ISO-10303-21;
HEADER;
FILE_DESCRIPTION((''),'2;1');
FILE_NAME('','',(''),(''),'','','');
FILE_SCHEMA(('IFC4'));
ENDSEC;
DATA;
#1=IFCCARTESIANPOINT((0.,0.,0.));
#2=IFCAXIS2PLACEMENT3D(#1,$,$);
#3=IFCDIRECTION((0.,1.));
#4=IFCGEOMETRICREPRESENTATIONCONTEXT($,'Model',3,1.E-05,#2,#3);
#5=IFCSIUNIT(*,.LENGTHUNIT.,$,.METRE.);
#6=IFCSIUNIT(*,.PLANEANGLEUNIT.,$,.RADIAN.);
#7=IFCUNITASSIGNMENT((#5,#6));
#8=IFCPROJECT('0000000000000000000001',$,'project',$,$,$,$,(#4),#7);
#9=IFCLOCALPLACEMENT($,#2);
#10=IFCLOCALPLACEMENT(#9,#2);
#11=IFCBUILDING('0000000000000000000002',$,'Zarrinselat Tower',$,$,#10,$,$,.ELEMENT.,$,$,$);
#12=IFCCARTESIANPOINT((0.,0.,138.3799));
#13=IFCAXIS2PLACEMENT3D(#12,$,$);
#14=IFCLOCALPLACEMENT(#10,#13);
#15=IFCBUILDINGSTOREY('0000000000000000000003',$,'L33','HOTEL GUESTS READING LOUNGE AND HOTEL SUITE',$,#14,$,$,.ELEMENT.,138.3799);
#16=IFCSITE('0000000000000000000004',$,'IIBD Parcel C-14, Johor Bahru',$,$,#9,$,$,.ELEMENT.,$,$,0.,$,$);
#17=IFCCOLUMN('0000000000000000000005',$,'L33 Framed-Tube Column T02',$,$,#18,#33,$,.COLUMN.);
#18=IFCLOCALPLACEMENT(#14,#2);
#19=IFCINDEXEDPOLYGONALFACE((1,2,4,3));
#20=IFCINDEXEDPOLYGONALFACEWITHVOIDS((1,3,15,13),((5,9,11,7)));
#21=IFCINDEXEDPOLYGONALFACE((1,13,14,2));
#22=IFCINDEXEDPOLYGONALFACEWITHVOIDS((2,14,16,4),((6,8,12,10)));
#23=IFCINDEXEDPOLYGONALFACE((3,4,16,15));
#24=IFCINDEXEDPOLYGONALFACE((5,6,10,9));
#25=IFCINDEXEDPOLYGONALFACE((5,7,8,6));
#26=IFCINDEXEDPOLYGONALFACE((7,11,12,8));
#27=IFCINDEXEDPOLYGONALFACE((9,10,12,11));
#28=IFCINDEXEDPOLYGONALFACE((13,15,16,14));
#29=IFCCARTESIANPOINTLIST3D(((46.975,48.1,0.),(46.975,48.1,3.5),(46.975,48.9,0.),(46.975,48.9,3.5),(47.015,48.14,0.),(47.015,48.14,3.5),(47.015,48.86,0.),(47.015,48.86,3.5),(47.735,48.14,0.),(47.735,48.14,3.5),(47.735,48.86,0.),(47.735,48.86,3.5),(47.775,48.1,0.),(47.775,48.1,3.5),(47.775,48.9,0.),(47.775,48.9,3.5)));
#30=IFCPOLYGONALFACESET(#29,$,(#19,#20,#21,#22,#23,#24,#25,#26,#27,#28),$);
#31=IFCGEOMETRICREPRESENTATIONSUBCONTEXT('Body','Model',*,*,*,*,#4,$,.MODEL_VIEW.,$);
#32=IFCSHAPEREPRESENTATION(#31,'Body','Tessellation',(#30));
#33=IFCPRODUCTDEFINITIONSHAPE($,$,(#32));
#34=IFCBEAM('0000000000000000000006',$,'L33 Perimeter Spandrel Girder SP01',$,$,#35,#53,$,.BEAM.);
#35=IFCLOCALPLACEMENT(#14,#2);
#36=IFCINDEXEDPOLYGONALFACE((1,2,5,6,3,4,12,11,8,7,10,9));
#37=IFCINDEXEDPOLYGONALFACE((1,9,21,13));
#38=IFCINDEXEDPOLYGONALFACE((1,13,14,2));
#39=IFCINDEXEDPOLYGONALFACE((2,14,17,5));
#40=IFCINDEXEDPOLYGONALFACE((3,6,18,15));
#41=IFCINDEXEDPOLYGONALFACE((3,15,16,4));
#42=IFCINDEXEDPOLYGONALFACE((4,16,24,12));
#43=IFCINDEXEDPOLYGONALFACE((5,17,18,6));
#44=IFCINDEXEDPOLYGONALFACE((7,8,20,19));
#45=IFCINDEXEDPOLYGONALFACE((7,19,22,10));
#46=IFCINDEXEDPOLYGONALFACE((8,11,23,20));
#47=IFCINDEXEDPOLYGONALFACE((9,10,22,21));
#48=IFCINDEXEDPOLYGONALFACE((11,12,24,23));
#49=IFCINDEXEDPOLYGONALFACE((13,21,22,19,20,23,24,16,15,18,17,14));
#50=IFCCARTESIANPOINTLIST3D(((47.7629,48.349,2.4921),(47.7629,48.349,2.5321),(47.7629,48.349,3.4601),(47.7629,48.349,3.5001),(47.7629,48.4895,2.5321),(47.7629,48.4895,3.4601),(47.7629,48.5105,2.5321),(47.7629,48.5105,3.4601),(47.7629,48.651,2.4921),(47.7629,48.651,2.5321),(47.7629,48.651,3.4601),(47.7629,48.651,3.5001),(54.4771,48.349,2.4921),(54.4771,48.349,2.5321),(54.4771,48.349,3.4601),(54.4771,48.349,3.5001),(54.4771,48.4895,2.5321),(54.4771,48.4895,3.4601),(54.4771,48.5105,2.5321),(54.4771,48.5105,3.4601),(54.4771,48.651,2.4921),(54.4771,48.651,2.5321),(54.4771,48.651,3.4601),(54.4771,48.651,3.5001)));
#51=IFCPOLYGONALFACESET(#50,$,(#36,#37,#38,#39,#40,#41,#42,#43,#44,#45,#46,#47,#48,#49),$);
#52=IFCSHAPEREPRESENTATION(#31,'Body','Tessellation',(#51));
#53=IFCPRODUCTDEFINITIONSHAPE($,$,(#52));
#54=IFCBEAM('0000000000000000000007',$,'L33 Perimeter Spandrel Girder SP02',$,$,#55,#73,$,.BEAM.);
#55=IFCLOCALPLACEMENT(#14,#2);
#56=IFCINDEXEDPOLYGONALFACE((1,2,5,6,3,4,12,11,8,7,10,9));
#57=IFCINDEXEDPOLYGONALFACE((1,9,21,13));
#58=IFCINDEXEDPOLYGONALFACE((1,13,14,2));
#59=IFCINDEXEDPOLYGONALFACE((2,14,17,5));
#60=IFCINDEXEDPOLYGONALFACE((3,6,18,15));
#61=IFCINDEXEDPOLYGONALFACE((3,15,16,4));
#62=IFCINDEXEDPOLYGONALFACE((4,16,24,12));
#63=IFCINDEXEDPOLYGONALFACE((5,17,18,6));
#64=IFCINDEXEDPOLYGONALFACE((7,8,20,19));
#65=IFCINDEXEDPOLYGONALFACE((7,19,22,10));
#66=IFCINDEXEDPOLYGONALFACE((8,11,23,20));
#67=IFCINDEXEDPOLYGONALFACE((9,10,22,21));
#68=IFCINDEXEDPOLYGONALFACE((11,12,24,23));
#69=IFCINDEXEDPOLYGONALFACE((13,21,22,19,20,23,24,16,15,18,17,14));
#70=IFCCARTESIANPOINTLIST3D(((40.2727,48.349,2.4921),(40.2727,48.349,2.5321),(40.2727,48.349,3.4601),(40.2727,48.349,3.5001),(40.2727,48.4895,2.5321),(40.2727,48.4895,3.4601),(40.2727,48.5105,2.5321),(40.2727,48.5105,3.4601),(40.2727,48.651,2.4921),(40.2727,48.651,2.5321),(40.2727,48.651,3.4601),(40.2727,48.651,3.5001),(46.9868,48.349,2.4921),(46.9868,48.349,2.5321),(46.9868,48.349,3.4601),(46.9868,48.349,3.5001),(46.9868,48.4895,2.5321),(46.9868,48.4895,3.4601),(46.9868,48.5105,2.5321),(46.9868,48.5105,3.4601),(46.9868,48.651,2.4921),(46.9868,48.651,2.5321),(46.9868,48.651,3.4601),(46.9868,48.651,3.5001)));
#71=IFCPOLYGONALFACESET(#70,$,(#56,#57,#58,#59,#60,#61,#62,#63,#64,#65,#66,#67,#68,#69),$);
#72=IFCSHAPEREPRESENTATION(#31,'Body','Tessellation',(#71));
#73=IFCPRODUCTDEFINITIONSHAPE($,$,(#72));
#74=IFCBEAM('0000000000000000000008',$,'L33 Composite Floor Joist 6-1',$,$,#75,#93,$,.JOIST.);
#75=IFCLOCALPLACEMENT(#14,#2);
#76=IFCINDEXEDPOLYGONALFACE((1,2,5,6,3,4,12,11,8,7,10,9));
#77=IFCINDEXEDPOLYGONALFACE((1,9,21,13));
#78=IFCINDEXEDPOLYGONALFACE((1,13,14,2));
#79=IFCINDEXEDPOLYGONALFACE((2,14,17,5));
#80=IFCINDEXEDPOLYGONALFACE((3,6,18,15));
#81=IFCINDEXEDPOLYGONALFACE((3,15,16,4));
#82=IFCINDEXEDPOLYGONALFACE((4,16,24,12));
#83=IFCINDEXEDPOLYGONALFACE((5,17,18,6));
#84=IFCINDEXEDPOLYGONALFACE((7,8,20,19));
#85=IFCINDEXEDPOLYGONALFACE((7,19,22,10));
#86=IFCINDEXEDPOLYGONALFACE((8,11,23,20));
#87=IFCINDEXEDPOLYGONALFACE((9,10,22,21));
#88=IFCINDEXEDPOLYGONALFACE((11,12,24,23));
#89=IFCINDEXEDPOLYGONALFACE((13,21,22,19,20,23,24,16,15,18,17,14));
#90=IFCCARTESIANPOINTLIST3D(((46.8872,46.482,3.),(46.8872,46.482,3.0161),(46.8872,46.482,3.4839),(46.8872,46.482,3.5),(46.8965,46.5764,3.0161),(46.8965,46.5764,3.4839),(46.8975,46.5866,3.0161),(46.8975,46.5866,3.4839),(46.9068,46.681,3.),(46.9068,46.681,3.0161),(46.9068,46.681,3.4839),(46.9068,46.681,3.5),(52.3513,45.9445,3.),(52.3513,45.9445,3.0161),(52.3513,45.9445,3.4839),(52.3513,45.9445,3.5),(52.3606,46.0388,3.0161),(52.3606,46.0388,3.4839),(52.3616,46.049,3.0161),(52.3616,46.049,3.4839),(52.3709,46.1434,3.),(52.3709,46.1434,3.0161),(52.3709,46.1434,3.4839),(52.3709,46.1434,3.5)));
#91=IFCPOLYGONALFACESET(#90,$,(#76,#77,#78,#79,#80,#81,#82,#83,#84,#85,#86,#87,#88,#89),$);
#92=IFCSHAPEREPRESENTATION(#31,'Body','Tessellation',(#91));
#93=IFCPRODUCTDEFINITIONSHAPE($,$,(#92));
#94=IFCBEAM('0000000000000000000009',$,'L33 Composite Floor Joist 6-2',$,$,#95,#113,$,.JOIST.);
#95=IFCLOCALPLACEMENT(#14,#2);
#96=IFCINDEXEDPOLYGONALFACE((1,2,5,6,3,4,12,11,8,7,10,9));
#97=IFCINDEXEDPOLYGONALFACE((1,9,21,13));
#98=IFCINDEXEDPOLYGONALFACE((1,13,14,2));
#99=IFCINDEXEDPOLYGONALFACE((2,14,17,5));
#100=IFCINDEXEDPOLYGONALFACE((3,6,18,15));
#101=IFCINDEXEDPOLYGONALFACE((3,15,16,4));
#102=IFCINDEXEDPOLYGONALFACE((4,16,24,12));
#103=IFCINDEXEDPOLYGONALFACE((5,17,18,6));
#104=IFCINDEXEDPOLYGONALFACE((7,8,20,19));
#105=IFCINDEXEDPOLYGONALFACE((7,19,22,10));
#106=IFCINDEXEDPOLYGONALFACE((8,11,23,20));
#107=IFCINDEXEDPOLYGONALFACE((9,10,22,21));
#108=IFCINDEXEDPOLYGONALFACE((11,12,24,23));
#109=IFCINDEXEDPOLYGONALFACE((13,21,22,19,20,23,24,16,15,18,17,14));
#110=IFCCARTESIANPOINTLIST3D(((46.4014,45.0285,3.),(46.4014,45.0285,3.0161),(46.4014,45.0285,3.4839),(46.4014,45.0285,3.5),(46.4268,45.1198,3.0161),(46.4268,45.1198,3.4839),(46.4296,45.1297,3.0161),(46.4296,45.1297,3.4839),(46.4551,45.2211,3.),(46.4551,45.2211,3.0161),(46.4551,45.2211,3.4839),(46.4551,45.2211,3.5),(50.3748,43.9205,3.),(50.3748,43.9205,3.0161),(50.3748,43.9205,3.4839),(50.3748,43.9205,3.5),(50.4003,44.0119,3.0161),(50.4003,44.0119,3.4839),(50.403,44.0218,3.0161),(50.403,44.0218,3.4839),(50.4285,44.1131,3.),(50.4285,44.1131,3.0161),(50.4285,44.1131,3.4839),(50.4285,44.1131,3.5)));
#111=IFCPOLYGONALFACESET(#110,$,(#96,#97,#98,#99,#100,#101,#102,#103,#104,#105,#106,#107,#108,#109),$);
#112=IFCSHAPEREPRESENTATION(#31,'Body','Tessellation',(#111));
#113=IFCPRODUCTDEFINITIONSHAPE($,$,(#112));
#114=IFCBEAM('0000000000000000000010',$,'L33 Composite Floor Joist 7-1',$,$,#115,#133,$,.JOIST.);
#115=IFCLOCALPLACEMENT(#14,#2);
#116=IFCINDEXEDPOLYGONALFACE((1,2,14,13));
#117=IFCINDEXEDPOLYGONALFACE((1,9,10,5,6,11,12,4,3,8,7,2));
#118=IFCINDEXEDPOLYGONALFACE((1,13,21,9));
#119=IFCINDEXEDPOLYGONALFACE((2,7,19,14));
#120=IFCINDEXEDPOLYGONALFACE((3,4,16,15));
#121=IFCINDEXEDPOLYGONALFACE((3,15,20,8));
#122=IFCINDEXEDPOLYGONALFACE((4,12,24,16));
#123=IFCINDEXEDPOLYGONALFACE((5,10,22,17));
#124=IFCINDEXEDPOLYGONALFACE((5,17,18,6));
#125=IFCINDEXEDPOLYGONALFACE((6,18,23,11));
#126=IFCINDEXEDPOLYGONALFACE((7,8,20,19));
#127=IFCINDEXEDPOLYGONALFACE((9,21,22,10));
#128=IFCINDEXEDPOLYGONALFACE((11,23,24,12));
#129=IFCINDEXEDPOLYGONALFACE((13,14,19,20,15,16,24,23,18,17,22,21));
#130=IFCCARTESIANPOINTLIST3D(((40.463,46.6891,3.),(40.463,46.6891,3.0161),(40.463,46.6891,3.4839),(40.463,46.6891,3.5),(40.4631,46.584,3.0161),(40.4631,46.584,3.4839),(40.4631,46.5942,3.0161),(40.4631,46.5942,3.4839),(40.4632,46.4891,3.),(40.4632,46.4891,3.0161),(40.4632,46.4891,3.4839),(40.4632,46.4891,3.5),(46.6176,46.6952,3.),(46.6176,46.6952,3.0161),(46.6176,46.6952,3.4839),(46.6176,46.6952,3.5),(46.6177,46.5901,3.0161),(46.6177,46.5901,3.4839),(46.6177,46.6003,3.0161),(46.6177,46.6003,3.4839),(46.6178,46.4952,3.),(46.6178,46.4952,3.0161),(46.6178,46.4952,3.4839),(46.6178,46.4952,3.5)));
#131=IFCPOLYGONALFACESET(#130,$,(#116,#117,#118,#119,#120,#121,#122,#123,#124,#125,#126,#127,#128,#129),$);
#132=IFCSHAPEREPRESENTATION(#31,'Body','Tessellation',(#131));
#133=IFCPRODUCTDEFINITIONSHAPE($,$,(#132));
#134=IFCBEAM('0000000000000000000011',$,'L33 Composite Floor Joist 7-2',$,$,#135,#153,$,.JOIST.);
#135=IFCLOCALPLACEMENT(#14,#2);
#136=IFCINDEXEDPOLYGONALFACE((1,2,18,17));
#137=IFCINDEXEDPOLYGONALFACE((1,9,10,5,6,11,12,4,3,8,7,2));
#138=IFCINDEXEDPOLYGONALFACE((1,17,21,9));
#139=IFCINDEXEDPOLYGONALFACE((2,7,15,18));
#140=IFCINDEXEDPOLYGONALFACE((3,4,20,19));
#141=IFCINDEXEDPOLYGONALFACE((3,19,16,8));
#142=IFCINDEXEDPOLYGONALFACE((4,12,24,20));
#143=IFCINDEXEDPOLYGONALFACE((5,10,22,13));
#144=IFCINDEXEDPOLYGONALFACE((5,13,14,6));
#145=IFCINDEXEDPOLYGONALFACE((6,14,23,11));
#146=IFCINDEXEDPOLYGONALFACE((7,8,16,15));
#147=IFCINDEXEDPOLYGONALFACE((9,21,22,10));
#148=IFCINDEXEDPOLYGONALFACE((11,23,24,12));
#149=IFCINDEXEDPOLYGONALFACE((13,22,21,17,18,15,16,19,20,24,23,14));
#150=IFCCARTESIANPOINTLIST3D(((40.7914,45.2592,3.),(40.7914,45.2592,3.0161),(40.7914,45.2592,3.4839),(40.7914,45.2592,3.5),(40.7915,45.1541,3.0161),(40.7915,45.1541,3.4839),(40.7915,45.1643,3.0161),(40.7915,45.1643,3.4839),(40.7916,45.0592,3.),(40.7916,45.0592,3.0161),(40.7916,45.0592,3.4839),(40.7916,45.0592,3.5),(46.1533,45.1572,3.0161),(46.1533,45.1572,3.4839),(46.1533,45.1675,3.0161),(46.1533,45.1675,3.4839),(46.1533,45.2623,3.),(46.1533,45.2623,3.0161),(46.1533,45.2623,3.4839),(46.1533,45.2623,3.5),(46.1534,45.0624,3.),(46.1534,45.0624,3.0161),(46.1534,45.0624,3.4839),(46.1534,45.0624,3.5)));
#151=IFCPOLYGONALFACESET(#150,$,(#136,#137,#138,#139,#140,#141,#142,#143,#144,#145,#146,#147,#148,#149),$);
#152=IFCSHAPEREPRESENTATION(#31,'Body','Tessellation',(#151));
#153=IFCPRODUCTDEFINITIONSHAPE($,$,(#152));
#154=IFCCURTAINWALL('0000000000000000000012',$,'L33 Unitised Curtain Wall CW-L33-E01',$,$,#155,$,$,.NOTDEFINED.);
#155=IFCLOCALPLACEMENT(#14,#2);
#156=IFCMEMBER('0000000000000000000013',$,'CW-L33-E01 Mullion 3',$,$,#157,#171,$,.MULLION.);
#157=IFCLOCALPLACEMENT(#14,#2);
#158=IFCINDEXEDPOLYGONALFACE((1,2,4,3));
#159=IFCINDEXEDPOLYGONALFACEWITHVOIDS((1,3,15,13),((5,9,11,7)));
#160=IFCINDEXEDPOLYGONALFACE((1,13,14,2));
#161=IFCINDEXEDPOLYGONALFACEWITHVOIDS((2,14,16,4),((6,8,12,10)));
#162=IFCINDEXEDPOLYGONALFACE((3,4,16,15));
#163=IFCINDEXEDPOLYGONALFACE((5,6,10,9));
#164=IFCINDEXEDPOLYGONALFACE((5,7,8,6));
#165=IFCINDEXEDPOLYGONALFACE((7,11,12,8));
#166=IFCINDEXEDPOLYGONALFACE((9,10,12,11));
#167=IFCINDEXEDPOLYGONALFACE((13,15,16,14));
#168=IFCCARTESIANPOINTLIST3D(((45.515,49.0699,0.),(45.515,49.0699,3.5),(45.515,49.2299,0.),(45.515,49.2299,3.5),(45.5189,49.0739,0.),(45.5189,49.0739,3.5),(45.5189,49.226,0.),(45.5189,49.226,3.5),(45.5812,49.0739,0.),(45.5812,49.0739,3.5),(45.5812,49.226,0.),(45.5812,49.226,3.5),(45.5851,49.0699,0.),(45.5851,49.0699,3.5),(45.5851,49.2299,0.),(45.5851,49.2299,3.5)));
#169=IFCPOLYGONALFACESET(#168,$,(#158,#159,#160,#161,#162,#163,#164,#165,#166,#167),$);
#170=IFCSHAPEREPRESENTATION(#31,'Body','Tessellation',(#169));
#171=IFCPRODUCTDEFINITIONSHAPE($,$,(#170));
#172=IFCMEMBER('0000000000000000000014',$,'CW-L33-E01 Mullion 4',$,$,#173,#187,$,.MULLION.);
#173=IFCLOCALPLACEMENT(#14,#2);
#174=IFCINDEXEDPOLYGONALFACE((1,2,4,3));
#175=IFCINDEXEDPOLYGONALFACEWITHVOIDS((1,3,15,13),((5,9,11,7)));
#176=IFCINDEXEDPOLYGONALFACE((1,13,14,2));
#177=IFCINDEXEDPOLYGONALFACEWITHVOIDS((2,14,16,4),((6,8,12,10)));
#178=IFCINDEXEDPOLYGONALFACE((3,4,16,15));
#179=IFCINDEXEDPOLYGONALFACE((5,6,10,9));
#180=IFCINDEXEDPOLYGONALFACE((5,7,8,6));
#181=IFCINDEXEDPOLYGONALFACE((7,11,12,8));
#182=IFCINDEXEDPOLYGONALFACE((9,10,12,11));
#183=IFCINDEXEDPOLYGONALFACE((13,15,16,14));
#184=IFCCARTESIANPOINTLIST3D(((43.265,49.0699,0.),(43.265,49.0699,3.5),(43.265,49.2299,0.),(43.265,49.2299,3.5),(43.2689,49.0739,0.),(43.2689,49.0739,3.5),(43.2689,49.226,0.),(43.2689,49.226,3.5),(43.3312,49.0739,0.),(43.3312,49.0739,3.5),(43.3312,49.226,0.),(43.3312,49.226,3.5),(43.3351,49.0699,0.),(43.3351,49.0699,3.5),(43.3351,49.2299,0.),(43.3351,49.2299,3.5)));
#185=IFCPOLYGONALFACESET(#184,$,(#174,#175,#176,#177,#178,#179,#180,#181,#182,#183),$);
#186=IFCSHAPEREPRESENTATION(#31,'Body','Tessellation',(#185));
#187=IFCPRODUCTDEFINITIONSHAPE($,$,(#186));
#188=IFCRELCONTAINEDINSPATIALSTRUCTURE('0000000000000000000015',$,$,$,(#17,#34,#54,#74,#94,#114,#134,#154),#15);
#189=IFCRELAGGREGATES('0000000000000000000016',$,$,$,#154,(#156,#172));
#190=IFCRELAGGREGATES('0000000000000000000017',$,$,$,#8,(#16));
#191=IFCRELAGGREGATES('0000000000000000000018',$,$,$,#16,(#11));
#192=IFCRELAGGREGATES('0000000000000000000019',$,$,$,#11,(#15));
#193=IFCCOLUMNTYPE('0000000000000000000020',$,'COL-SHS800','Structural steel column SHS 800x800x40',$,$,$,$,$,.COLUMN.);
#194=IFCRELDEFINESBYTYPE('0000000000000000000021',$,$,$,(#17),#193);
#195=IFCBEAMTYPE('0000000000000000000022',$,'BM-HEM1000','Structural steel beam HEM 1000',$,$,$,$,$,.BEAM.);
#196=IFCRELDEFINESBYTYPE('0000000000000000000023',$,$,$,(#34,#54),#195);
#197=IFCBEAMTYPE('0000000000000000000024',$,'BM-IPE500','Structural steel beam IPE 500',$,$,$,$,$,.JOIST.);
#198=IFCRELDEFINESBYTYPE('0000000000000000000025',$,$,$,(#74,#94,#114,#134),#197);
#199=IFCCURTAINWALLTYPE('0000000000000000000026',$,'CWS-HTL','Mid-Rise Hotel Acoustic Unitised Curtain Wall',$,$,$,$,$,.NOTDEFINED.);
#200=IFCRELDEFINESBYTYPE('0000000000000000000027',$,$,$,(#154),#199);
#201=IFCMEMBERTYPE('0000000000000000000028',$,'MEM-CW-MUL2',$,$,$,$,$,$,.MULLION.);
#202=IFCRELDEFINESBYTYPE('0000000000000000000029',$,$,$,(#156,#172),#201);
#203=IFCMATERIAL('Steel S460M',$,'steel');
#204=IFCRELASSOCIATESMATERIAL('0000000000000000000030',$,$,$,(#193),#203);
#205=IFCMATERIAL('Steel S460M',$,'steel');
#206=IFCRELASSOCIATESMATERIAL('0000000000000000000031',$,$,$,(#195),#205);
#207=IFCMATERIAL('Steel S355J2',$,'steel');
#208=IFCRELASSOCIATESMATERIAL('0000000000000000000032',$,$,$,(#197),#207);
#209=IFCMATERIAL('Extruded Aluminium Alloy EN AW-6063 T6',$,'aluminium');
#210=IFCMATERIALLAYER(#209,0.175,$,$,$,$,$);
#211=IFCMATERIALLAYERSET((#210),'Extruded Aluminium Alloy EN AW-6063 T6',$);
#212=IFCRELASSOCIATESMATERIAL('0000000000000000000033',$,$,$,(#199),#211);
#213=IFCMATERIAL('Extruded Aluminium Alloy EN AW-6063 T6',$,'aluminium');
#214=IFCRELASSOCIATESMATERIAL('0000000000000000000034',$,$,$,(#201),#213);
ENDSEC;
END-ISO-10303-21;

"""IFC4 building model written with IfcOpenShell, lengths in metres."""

from ifc_helpers import new_model, si_unit, direction, frame, origin, origin_2d, place, context, subcontext, project, spatial, hollow_rectangle, i_section, extrude, material, layer, layer_set, material_profile, profile_set, type_object, element, aggregate, save


model = new_model("IFC4")

# Units and contexts
model_context = context("Model", 3, precision=1e-05, world=origin(), true_north=direction((0.0, 1.0)))
body_context = subcontext(model_context, "Body", "Model", "MODEL_VIEW")
ifc_project = project(units=[si_unit("LENGTHUNIT", "METRE"), si_unit("PLANEANGLEUNIT", "RADIAN")], contexts=[model_context])

# Site, building, storey
site_placement = place(None, origin())
site = spatial("IfcSite", under=ifc_project, at=site_placement, Name="IIBD Parcel C-14, Johor Bahru", CompositionType="ELEMENT", RefElevation=0.0)
building_placement = place(site_placement, origin())
building = spatial("IfcBuilding", under=site, at=building_placement, Name="Zarrinselat Tower", CompositionType="ELEMENT")
storey_placement = place(building_placement, frame((0.0, 0.0, 138.3799)))
storey = spatial("IfcBuildingStorey", under=building, at=storey_placement, Name="L33", Description="HOTEL GUESTS READING LOUNGE AND HOTEL SUITE", CompositionType="ELEMENT", Elevation=138.3799)

# Column
ifc_material_1 = material(Name="Steel S460M", Category="steel")
ifc_material_profile_1 = material_profile(ifc_material_1, hollow_rectangle(XDim=0.8, YDim=0.8, WallThickness=0.04, at=origin_2d()), Name="SHS 800x800x40")
ifc_profile_set_1 = profile_set([ifc_material_profile_1], Name="Steel S460M")
column_type = type_object("IfcColumnType", Name="COL-SHS800", Description="Structural steel column SHS 800x800x40", PredefinedType="COLUMN", material=ifc_profile_set_1)
column_placement = place(storey_placement, frame((47.375, 48.5, 0.0), z_axis=(0.0, 0.0, 1.0), x_axis=(1.0, 0.0, 0.0)))
element("IfcColumn", 1, at=column_placement, inside=storey, type_object=column_type, Name="L33 Framed-Tube Column T02", PredefinedType="COLUMN", context=body_context, shape_type="SweptSolid", body=[
    extrude(hollow_rectangle(XDim=0.8, YDim=0.8, WallThickness=0.04, at=origin_2d()), origin(), (0.0, 0.0, 1.0), 3.5),
])

# Beams
ifc_material_2 = material(Name="Steel S460M", Category="steel")
ifc_material_profile_2 = material_profile(ifc_material_2, i_section(OverallWidth=0.302, OverallDepth=1.0081, WebThickness=0.021, FlangeThickness=0.04, at=origin_2d()), Name="HEM 1000")
ifc_profile_set_2 = profile_set([ifc_material_profile_2], Name="Steel S460M")
beam_type_1 = type_object("IfcBeamType", Name="BM-HEM1000", Description="Structural steel beam HEM 1000", PredefinedType="BEAM", material=ifc_profile_set_2)
for number, where, z_axis, x_axis, name in (
    (2, (47.7629, 48.5, 2.9961), (1.0, 0.0, 0.0), (0.0, 1.0, 0.0), "L33 Perimeter Spandrel Girder SP01"),
    (3, (40.2727, 48.5, 2.9961), (1.0, 0.0, 0.0), (0.0, 1.0, 0.0), "L33 Perimeter Spandrel Girder SP02"),
):
    element("IfcBeam", number, at=place(storey_placement, frame(where, z_axis=z_axis, x_axis=x_axis)), inside=storey, type_object=beam_type_1, Name=name, PredefinedType="BEAM", context=body_context, shape_type="SweptSolid", body=[
        extrude(i_section(OverallWidth=0.302, OverallDepth=1.0081, WebThickness=0.021, FlangeThickness=0.04, at=origin_2d()), origin(), (0.0, 0.0, 1.0), 6.7141),
    ])
ifc_material_3 = material(Name="Steel S355J2", Category="steel")
ifc_material_profile_3 = material_profile(ifc_material_3, i_section(OverallWidth=0.2, OverallDepth=0.5, WebThickness=0.0103, FlangeThickness=0.0161, at=origin_2d()), Name="IPE 500")
ifc_profile_set_3 = profile_set([ifc_material_profile_3], Name="Steel S355J2")
beam_type_2 = type_object("IfcBeamType", Name="BM-IPE500", Description="Structural steel beam IPE 500", PredefinedType="JOIST", material=ifc_profile_set_3)
beam_1_placement = place(storey_placement, frame((46.897, 46.5815, 3.25), z_axis=(0.995195, -0.097914, 0.0), x_axis=(0.097914, 0.995195, 0.0)))
element("IfcBeam", 4, at=beam_1_placement, inside=storey, type_object=beam_type_2, Name="L33 Composite Floor Joist 6-1", PredefinedType="JOIST", context=body_context, shape_type="SweptSolid", body=[
    extrude(i_section(OverallWidth=0.2, OverallDepth=0.5, WebThickness=0.0103, FlangeThickness=0.0161, at=origin_2d()), origin(), (0.0, 0.0, 1.0), 5.4905),
])
beam_2_placement = place(storey_placement, frame((46.4282, 45.1248, 3.25), z_axis=(0.963255, -0.268587, 0.0), x_axis=(0.268587, 0.963255, 0.0)))
element("IfcBeam", 5, at=beam_2_placement, inside=storey, type_object=beam_type_2, Name="L33 Composite Floor Joist 6-2", PredefinedType="JOIST", context=body_context, shape_type="SweptSolid", body=[
    extrude(i_section(OverallWidth=0.2, OverallDepth=0.5, WebThickness=0.0103, FlangeThickness=0.0161, at=origin_2d()), origin(), (0.0, 0.0, 1.0), 4.125),
])
beam_3_placement = place(storey_placement, frame((40.4631, 46.5891, 3.25), z_axis=(1.0, 0.000992, 0.0), x_axis=(-0.000992, 1.0, 0.0)))
element("IfcBeam", 6, at=beam_3_placement, inside=storey, type_object=beam_type_2, Name="L33 Composite Floor Joist 7-1", PredefinedType="JOIST", context=body_context, shape_type="SweptSolid", body=[
    extrude(i_section(OverallWidth=0.2, OverallDepth=0.5, WebThickness=0.0103, FlangeThickness=0.0161, at=origin_2d()), origin(), (0.0, 0.0, 1.0), 6.1545),
])
beam_4_placement = place(storey_placement, frame((40.7915, 45.1592, 3.25), z_axis=(1.0, 0.000592, 0.0), x_axis=(-0.000592, 1.0, 0.0)))
element("IfcBeam", 7, at=beam_4_placement, inside=storey, type_object=beam_type_2, Name="L33 Composite Floor Joist 7-2", PredefinedType="JOIST", context=body_context, shape_type="SweptSolid", body=[
    extrude(i_section(OverallWidth=0.2, OverallDepth=0.5, WebThickness=0.0103, FlangeThickness=0.0161, at=origin_2d()), origin(), (0.0, 0.0, 1.0), 5.3618),
])

# Curtain wall, members
ifc_material_4 = material(Name="Extruded Aluminium Alloy EN AW-6063 T6", Category="aluminium")
ifc_layer_1 = layer(ifc_material_4, 0.175)
ifc_layer_set_1 = layer_set([ifc_layer_1], Name="Extruded Aluminium Alloy EN AW-6063 T6")
curtain_wall_type = type_object("IfcCurtainWallType", Name="CWS-HTL", Description="Mid-Rise Hotel Acoustic Unitised Curtain Wall", PredefinedType="NOTDEFINED", material=ifc_layer_set_1)
curtain_wall_placement = place(storey_placement, origin())
curtain_wall = element("IfcCurtainWall", 8, at=curtain_wall_placement, inside=storey, type_object=curtain_wall_type, Name="L33 Unitised Curtain Wall CW-L33-E01", PredefinedType="NOTDEFINED")
ifc_material_5 = material(Name="Extruded Aluminium Alloy EN AW-6063 T6", Category="aluminium")
ifc_material_profile_4 = material_profile(ifc_material_5, hollow_rectangle(XDim=0.0701, YDim=0.1599, WallThickness=0.0039, at=origin_2d()), Name="RHS 160x70x4")
ifc_profile_set_4 = profile_set([ifc_material_profile_4], Name="Extruded Aluminium Alloy EN AW-6063 T6")
member_type_1 = type_object("IfcMemberType", Name="MEM-CW-MUL2", PredefinedType="MULLION", material=ifc_profile_set_4)
member_1_placement = place(storey_placement, frame((45.55, 49.1499, 0.0), z_axis=(0.0, 0.0, 1.0), x_axis=(-1.0, 0.0, 0.0)))
member_1 = element("IfcMember", 9, at=member_1_placement, type_object=member_type_1, Name="CW-L33-E01 Mullion 3", PredefinedType="MULLION", context=body_context, shape_type="SweptSolid", body=[
    extrude(hollow_rectangle(XDim=0.0701, YDim=0.1599, WallThickness=0.0039, at=origin_2d()), origin(), (0.0, 0.0, 1.0), 3.5),
])
member_2_placement = place(storey_placement, frame((43.3, 49.1499, 0.0), z_axis=(0.0, 0.0, 1.0), x_axis=(-1.0, 0.0, 0.0)))
member_2 = element("IfcMember", 10, at=member_2_placement, type_object=member_type_1, Name="CW-L33-E01 Mullion 4", PredefinedType="MULLION", context=body_context, shape_type="SweptSolid", body=[
    extrude(hollow_rectangle(XDim=0.0701, YDim=0.1599, WallThickness=0.0039, at=origin_2d()), origin(), (0.0, 0.0, 1.0), 3.5),
])
aggregate(curtain_wall, [member_1, member_2])

save(model, "model.ifc")
